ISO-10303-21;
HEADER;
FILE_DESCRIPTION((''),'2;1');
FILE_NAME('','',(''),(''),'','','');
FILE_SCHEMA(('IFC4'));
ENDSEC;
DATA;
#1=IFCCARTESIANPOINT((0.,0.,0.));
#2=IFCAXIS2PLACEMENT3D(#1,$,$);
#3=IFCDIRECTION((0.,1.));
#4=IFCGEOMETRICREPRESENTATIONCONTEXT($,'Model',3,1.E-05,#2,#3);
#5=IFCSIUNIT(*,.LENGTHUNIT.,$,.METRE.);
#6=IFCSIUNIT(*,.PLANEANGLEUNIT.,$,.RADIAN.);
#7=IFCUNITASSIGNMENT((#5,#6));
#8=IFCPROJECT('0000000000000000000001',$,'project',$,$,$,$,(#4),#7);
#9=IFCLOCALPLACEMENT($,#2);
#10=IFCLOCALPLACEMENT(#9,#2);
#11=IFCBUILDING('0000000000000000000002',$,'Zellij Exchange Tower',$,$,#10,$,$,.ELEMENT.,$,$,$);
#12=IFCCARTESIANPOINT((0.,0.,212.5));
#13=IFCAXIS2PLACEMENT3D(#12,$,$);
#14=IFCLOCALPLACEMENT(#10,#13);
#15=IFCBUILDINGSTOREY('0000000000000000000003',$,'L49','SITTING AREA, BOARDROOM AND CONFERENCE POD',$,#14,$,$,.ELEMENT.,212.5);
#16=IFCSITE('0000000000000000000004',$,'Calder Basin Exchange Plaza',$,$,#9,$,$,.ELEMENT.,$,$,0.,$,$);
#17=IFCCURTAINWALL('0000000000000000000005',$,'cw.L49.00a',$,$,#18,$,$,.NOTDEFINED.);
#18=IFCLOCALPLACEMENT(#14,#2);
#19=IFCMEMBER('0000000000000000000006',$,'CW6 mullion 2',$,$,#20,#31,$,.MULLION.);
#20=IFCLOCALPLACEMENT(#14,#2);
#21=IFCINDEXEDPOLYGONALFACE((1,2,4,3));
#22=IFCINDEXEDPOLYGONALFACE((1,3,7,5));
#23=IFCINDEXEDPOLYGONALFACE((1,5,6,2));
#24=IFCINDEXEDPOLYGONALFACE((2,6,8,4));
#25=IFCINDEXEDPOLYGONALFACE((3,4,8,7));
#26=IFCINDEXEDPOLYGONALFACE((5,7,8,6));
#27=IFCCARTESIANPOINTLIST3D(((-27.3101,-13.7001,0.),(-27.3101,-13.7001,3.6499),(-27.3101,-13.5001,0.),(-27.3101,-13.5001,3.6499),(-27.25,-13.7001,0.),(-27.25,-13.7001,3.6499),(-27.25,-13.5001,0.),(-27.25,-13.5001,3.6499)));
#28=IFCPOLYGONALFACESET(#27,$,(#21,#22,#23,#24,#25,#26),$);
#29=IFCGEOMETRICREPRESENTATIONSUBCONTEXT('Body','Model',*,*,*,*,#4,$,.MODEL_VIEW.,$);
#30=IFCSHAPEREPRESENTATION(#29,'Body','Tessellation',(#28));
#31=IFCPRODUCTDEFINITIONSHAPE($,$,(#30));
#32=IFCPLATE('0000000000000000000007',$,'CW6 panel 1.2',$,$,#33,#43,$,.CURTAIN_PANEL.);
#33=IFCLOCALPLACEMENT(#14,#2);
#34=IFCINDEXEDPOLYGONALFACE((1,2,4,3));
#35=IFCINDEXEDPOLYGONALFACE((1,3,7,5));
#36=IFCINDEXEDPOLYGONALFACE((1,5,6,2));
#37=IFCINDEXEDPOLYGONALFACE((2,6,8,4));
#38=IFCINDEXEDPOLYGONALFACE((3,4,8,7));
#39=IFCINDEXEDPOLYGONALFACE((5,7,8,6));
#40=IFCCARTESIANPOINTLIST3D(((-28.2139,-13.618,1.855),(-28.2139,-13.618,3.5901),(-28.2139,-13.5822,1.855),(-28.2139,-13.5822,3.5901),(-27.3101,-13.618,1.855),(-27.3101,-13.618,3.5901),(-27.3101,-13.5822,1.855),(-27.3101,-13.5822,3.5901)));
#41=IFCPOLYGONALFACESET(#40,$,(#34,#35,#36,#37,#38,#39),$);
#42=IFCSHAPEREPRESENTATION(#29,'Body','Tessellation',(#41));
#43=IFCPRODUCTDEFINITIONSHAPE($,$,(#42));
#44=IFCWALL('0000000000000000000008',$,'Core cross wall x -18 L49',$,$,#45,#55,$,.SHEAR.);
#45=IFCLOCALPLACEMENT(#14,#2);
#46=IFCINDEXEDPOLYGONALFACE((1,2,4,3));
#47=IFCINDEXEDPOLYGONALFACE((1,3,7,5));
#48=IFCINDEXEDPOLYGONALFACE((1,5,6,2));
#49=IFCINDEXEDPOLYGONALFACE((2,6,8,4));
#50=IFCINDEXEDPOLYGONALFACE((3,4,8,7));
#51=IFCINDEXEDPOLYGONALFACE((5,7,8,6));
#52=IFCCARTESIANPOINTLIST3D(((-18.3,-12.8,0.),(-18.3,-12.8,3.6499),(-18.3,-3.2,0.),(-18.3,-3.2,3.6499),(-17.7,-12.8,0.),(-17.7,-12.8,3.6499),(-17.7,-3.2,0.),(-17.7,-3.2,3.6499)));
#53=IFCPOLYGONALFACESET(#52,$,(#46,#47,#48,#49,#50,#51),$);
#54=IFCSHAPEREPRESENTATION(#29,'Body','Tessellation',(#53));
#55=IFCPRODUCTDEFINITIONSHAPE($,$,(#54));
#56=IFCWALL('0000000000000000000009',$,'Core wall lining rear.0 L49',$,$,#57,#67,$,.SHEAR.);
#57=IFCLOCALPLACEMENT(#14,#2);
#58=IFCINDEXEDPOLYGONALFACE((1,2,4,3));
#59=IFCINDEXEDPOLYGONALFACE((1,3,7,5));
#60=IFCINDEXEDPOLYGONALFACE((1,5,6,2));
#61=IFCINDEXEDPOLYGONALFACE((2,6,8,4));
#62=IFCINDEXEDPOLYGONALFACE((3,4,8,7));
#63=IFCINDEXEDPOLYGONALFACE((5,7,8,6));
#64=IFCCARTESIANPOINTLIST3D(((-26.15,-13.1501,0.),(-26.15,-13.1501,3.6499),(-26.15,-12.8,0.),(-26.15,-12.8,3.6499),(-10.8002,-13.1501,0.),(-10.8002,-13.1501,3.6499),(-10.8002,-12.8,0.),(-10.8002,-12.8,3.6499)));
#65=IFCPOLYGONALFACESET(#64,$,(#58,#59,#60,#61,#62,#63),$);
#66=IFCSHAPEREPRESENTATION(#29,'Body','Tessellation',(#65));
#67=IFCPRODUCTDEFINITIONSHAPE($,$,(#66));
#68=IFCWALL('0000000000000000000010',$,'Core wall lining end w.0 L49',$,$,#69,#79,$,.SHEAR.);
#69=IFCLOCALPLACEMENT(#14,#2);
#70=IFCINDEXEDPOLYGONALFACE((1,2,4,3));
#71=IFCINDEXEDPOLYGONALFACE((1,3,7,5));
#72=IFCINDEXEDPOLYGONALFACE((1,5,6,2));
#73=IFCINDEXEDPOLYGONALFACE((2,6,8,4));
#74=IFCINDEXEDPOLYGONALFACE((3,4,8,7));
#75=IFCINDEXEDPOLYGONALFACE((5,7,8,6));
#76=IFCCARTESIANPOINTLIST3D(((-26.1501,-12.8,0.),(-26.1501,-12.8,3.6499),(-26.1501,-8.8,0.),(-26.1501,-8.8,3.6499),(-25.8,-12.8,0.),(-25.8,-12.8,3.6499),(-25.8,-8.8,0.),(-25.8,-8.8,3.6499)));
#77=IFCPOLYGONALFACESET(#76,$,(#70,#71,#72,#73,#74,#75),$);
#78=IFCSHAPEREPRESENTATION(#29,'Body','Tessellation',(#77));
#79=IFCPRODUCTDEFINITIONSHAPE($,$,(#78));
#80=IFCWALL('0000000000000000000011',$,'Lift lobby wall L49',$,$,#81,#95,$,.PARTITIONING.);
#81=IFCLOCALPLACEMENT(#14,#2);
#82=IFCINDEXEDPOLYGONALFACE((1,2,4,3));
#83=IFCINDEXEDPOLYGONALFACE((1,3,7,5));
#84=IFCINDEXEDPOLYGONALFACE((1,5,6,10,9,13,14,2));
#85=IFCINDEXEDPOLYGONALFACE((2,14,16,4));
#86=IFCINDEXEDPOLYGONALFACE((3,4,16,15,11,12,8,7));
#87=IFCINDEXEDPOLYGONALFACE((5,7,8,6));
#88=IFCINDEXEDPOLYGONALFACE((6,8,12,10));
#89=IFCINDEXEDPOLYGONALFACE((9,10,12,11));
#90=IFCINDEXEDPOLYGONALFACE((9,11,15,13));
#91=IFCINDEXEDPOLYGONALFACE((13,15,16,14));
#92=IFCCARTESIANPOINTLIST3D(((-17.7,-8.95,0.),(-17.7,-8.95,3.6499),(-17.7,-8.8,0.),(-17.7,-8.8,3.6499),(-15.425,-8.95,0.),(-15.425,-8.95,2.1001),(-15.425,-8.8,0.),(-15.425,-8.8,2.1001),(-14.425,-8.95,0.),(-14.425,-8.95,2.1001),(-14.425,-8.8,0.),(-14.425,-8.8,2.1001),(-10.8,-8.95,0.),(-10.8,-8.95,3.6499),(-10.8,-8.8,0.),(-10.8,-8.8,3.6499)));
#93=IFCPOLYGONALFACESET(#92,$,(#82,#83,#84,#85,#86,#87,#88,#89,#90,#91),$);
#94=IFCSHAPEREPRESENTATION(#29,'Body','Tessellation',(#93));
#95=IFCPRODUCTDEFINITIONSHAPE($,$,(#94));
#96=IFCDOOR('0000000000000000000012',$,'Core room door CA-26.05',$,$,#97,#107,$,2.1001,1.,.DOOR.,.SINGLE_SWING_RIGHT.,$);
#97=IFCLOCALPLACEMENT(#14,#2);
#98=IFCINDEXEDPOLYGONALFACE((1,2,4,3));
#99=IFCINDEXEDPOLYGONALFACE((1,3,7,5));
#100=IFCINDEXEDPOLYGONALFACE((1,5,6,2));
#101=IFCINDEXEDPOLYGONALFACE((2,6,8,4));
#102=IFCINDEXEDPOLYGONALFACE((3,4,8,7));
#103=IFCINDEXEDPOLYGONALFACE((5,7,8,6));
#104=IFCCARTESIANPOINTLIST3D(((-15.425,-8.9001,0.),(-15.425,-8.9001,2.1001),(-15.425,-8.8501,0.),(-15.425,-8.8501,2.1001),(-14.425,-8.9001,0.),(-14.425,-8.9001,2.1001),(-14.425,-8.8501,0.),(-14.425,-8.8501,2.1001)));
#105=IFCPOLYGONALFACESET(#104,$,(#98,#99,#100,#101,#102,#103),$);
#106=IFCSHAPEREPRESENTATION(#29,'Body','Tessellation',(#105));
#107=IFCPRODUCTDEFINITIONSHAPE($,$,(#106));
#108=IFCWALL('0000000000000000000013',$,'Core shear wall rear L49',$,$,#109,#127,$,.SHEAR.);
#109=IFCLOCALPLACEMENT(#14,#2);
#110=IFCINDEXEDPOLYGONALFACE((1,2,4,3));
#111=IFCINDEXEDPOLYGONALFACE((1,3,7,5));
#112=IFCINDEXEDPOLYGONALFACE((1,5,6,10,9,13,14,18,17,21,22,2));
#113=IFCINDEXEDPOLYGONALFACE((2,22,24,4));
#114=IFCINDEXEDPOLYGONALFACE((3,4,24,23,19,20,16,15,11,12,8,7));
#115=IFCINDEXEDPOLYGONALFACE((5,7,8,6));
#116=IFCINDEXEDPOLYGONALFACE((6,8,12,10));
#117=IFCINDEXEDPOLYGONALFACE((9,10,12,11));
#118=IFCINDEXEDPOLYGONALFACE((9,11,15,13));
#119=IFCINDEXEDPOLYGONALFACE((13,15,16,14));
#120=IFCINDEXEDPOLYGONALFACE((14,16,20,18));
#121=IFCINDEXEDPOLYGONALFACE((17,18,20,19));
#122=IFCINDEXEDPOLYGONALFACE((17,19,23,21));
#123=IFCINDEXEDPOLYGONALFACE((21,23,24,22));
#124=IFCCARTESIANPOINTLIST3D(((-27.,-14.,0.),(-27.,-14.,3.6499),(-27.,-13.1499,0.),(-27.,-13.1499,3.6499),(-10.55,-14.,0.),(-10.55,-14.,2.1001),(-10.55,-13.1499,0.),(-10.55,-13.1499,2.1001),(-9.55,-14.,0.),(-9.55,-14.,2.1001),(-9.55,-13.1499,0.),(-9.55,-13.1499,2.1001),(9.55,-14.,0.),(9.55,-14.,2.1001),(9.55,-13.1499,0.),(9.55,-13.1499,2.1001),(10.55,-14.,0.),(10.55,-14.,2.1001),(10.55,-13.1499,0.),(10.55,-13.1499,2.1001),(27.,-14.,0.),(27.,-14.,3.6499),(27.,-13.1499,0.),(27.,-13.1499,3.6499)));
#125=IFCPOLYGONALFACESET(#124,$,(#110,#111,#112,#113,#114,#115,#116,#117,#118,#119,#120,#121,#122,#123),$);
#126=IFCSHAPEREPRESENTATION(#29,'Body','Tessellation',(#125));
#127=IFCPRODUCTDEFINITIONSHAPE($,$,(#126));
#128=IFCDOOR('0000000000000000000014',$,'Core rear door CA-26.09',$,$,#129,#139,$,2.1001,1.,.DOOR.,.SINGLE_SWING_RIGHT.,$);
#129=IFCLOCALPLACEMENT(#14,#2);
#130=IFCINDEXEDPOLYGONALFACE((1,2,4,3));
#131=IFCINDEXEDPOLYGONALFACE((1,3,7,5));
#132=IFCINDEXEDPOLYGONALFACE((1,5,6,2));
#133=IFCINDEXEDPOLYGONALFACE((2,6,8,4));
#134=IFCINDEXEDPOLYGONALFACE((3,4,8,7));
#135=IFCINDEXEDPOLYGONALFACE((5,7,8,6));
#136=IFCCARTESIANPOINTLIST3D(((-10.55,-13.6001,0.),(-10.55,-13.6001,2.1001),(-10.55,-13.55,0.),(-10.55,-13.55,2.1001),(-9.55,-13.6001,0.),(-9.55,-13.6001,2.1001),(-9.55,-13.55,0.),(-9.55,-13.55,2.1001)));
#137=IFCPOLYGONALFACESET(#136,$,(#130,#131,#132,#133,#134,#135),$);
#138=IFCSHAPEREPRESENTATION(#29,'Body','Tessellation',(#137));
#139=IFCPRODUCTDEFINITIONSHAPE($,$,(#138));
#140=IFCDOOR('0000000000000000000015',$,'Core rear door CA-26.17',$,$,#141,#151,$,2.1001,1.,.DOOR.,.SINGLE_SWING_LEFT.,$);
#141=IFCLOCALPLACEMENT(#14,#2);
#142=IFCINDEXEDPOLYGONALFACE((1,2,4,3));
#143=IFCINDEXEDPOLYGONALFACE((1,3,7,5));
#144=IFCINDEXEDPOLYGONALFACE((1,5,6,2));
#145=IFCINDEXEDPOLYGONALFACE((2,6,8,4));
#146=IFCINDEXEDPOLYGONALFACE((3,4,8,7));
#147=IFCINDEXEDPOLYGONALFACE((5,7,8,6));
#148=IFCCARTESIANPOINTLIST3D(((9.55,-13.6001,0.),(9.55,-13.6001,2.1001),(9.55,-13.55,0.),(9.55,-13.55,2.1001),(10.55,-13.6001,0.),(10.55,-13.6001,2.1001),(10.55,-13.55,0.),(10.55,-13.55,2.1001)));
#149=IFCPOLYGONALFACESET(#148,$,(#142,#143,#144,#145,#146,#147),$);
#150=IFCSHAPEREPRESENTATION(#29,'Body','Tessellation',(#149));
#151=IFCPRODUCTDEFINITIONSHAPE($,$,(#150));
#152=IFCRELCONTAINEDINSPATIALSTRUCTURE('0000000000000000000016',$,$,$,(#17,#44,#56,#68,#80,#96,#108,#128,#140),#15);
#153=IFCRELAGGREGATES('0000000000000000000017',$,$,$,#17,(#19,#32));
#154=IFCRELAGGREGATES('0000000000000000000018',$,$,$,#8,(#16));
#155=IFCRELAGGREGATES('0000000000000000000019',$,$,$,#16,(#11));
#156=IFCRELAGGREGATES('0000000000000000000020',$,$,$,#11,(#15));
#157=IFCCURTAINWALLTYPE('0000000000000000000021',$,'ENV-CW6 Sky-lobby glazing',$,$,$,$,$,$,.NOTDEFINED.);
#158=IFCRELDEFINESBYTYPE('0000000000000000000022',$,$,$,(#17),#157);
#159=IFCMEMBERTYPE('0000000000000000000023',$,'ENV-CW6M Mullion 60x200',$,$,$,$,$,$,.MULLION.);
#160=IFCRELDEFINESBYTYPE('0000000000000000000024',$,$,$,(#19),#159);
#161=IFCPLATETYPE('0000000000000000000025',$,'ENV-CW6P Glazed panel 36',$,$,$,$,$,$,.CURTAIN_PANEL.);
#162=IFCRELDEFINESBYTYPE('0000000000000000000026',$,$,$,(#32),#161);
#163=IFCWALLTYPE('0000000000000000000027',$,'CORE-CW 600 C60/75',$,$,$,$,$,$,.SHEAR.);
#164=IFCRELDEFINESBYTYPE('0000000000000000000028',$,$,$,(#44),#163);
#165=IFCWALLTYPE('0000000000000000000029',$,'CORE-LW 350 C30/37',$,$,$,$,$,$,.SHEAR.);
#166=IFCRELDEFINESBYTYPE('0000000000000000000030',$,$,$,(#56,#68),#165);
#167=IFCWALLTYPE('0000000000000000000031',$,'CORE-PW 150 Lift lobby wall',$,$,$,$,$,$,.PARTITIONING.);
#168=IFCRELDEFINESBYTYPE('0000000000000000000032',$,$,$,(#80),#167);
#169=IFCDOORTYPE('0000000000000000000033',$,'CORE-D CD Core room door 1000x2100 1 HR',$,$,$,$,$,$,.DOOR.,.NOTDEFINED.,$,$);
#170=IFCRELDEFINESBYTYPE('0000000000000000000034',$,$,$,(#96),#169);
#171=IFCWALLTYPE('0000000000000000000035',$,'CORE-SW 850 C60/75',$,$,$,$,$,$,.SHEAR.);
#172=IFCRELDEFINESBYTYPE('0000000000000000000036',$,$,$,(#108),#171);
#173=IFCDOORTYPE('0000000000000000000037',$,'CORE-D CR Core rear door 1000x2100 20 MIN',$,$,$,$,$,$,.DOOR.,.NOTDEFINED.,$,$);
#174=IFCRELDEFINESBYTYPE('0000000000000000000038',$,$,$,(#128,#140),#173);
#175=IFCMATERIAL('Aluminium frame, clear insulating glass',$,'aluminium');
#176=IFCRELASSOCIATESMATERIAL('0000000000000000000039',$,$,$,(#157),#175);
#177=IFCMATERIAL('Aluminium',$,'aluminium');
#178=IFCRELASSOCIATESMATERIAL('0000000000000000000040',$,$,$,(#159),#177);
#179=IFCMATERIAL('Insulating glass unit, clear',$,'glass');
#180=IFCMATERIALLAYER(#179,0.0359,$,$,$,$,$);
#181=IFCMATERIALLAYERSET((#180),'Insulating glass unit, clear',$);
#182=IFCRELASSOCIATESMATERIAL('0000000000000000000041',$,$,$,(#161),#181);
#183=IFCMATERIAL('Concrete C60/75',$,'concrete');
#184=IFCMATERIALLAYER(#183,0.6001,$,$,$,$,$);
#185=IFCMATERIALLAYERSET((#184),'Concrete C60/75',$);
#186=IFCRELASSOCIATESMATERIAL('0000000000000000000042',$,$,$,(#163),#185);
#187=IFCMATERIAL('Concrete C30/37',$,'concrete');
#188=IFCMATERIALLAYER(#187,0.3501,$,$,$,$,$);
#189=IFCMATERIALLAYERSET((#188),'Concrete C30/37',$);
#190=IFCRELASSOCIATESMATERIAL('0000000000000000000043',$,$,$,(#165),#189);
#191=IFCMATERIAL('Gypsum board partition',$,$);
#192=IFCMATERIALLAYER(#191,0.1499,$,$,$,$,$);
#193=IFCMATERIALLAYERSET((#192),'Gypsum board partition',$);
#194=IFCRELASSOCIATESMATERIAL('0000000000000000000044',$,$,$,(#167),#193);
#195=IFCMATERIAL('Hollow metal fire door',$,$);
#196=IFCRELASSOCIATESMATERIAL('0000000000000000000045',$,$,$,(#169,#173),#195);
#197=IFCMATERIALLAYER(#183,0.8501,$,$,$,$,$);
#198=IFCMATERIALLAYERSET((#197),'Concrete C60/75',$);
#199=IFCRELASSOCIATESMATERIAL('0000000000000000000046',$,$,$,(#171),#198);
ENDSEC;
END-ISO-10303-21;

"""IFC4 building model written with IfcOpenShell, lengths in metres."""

from ifc_helpers import new_model, si_unit, direction, frame, frame_2d, origin, origin_2d, place, context, subcontext, project, spatial, rectangle, extrude, material, layer, layer_set, material_profile, profile_set, type_object, element, fill, aggregate, save


model = new_model("IFC4")

# Units and contexts
model_context = context("Model", 3, precision=1e-05, world=origin(), true_north=direction((0.0, 1.0)))
body_context = subcontext(model_context, "Body", "Model", "MODEL_VIEW")
ifc_project = project(units=[si_unit("LENGTHUNIT", "METRE"), si_unit("PLANEANGLEUNIT", "RADIAN")], contexts=[model_context])

# Site, building, storey
site_placement = place(None, origin())
site = spatial("IfcSite", under=ifc_project, at=site_placement, Name="Calder Basin Exchange Plaza", CompositionType="ELEMENT", RefElevation=0.0)
building_placement = place(site_placement, origin())
building = spatial("IfcBuilding", under=site, at=building_placement, Name="Zellij Exchange Tower", CompositionType="ELEMENT")
storey_placement = place(building_placement, frame((0.0, 0.0, 212.5)))
storey = spatial("IfcBuildingStorey", under=building, at=storey_placement, Name="L49", Description="SITTING AREA, BOARDROOM AND CONFERENCE POD", CompositionType="ELEMENT", Elevation=212.5)

# Curtain wall, member, plate
ifc_material_1 = material(Name="Aluminium frame, clear insulating glass", Category="aluminium")
curtain_wall_type = type_object("IfcCurtainWallType", Name="ENV-CW6 Sky-lobby glazing", PredefinedType="NOTDEFINED", material=ifc_material_1)
curtain_wall_placement = place(storey_placement, origin())
curtain_wall = element("IfcCurtainWall", 1, at=curtain_wall_placement, inside=storey, type_object=curtain_wall_type, Name="cw.L49.00a", PredefinedType="NOTDEFINED")
ifc_material_2 = material(Name="Aluminium", Category="aluminium")
ifc_material_profile = material_profile(ifc_material_2, rectangle(XDim=0.0601, YDim=0.2, at=origin_2d()), Name="AL 60x200")
ifc_profile_set = profile_set([ifc_material_profile], Name="Aluminium")
member_type = type_object("IfcMemberType", Name="ENV-CW6M Mullion 60x200", PredefinedType="MULLION", material=ifc_profile_set)
member_placement = place(storey_placement, frame((-27.28, -13.6001, 0.0), z_axis=(0.0, 0.0, 1.0), x_axis=(1.0, 0.0, 0.0)))
member = element("IfcMember", 2, at=member_placement, type_object=member_type, Name="CW6 mullion 2", PredefinedType="MULLION", context=body_context, shape_type="SweptSolid", body=[
    extrude(rectangle(XDim=0.0601, YDim=0.2, at=origin_2d()), origin(), (0.0, 0.0, 1.0), 3.6499),
])
ifc_material_3 = material(Name="Insulating glass unit, clear", Category="glass")
ifc_layer_1 = layer(ifc_material_3, 0.0359)
ifc_layer_set_1 = layer_set([ifc_layer_1], Name="Insulating glass unit, clear")
plate_type = type_object("IfcPlateType", Name="ENV-CW6P Glazed panel 36", PredefinedType="CURTAIN_PANEL", material=ifc_layer_set_1)
plate_placement = place(storey_placement, frame((-27.762, -13.6001, 1.855), z_axis=(0.0, 0.0, 1.0), x_axis=(1.0, 0.0, 0.0)))
plate = element("IfcPlate", 3, at=plate_placement, type_object=plate_type, Name="CW6 panel 1.2", PredefinedType="CURTAIN_PANEL", context=body_context, shape_type="SweptSolid", body=[
    extrude(rectangle(XDim=0.9038, YDim=0.0359, at=origin_2d()), origin(), (0.0, 0.0, 1.0), 1.7351),
])
aggregate(curtain_wall, [member, plate])

# Walls
ifc_material_4 = material(Name="Concrete C60/75", Category="concrete")
ifc_layer_2 = layer(ifc_material_4, 0.6001)
ifc_layer_set_2 = layer_set([ifc_layer_2], Name="Concrete C60/75")
wall_type_1 = type_object("IfcWallType", Name="CORE-CW 600 C60/75", PredefinedType="SHEAR", material=ifc_layer_set_2)
wall_1_placement = place(storey_placement, frame((-18.0, -12.8, 0.0), z_axis=(0.0, 0.0, 1.0), x_axis=(0.0, 1.0, 0.0)))
element("IfcWall", 4, at=wall_1_placement, inside=storey, type_object=wall_type_1, Name="Core cross wall x -18 L49", PredefinedType="SHEAR", context=body_context, shape_type="SweptSolid", body=[
    extrude(rectangle(XDim=9.6001, YDim=0.6001, at=frame_2d((4.8, 0.0))), origin(), (0.0, 0.0, 1.0), 3.6499),
])
ifc_material_5 = material(Name="Concrete C30/37", Category="concrete")
ifc_layer_3 = layer(ifc_material_5, 0.3501)
ifc_layer_set_3 = layer_set([ifc_layer_3], Name="Concrete C30/37")
wall_type_2 = type_object("IfcWallType", Name="CORE-LW 350 C30/37", PredefinedType="SHEAR", material=ifc_layer_set_3)
wall_2_placement = place(storey_placement, frame((-26.1499, -12.9751, 0.0), z_axis=(0.0, 0.0, 1.0), x_axis=(1.0, 0.0, 0.0)))
element("IfcWall", 5, at=wall_2_placement, inside=storey, type_object=wall_type_2, Name="Core wall lining rear.0 L49", PredefinedType="SHEAR", context=body_context, shape_type="SweptSolid", body=[
    extrude(rectangle(XDim=15.3499, YDim=0.3501, at=frame_2d((7.6748, 0.0))), origin(), (0.0, 0.0, 1.0), 3.6499),
])
wall_3_placement = place(storey_placement, frame((-25.9751, -12.8, 0.0), z_axis=(0.0, 0.0, 1.0), x_axis=(0.0, 1.0, 0.0)))
element("IfcWall", 6, at=wall_3_placement, inside=storey, type_object=wall_type_2, Name="Core wall lining end w.0 L49", PredefinedType="SHEAR", context=body_context, shape_type="SweptSolid", body=[
    extrude(rectangle(XDim=4.0, YDim=0.3501, at=frame_2d((2.0, 0.0))), origin(), (0.0, 0.0, 1.0), 3.6499),
])

# Wall, opening, door
ifc_material_6 = material(Name="Gypsum board partition")
ifc_layer_4 = layer(ifc_material_6, 0.1499)
ifc_layer_set_4 = layer_set([ifc_layer_4], Name="Gypsum board partition")
wall_type_3 = type_object("IfcWallType", Name="CORE-PW 150 Lift lobby wall", PredefinedType="PARTITIONING", material=ifc_layer_set_4)
wall_4_placement = place(storey_placement, frame((-17.7, -8.875, 0.0), z_axis=(0.0, 0.0, 1.0), x_axis=(1.0, 0.0, 0.0)))
wall_4 = element("IfcWall", 7, at=wall_4_placement, inside=storey, type_object=wall_type_3, Name="Lift lobby wall L49", PredefinedType="PARTITIONING", context=body_context, shape_type="SweptSolid", body=[
    extrude(rectangle(XDim=6.8999, YDim=0.1499, at=frame_2d((3.45, 0.0))), origin(), (0.0, 0.0, 1.0), 3.6499),
])
opening_1_placement = place(wall_4_placement, frame((2.2749, 0.0, 0.0)))
opening_1 = element("IfcOpeningElement", 8, at=opening_1_placement, cuts=wall_4, PredefinedType="OPENING", context=body_context, shape_type="SweptSolid", body=[
    extrude(rectangle(XDim=1.0, YDim=2.1001, at=frame_2d((0.5, 1.05))), frame((0.0, 0.0869, 0.0), z_axis=(0.0, -1.0, 0.0), x_axis=(1.0, 0.0, 0.0)), (0.0, 0.0, 1.0), 0.1738),
])
ifc_material_7 = material(Name="Hollow metal fire door")
door_type_1 = type_object("IfcDoorType", Name="CORE-D CD Core room door 1000x2100 1 HR", OperationType="NOTDEFINED", PredefinedType="DOOR", material=ifc_material_7)
door_1_placement = place(opening_1_placement, origin())
door_1 = element("IfcDoor", 9, at=door_1_placement, inside=storey, type_object=door_type_1, Name="Core room door CA-26.05", OperationType="SINGLE_SWING_RIGHT", OverallHeight=2.1001, OverallWidth=1.0, PredefinedType="DOOR", context=body_context, shape_type="SweptSolid", body=[
    extrude(rectangle(XDim=1.0, YDim=2.1001, at=frame_2d((0.5, 1.05))), frame((0.0, 0.0249, 0.0), z_axis=(0.0, -1.0, 0.0), x_axis=(1.0, 0.0, 0.0)), (0.0, 0.0, 1.0), 0.05),
])
fill(opening_1, door_1)

# Wall, openings, doors
ifc_layer_5 = layer(ifc_material_4, 0.8501)
ifc_layer_set_5 = layer_set([ifc_layer_5], Name="Concrete C60/75")
wall_type_4 = type_object("IfcWallType", Name="CORE-SW 850 C60/75", PredefinedType="SHEAR", material=ifc_layer_set_5)
wall_5_placement = place(storey_placement, frame((-27.0, -13.575, 0.0), z_axis=(0.0, 0.0, 1.0), x_axis=(1.0, 0.0, 0.0)))
wall_5 = element("IfcWall", 10, at=wall_5_placement, inside=storey, type_object=wall_type_4, Name="Core shear wall rear L49", PredefinedType="SHEAR", context=body_context, shape_type="SweptSolid", body=[
    extrude(rectangle(XDim=54.0, YDim=0.8501, at=frame_2d((27.0, 0.0))), origin(), (0.0, 0.0, 1.0), 3.6499),
])
opening_2_placement = place(wall_5_placement, frame((16.45, 0.0, 0.0)))
opening_2 = element("IfcOpeningElement", 11, at=opening_2_placement, cuts=wall_5, PredefinedType="OPENING", context=body_context, shape_type="SweptSolid", body=[
    extrude(rectangle(XDim=1.0, YDim=2.1001, at=frame_2d((0.5, 1.05))), frame((0.0, 0.437, 0.0), z_axis=(0.0, -1.0, 0.0), x_axis=(1.0, 0.0, 0.0)), (0.0, 0.0, 1.0), 0.874),
])
opening_3_placement = place(wall_5_placement, frame((36.55, 0.0, 0.0)))
opening_3 = element("IfcOpeningElement", 12, at=opening_3_placement, cuts=wall_5, PredefinedType="OPENING", context=body_context, shape_type="SweptSolid", body=[
    extrude(rectangle(XDim=1.0, YDim=2.1001, at=frame_2d((0.5, 1.05))), frame((0.0, 0.437, 0.0), z_axis=(0.0, -1.0, 0.0), x_axis=(1.0, 0.0, 0.0)), (0.0, 0.0, 1.0), 0.874),
])
door_type_2 = type_object("IfcDoorType", Name="CORE-D CR Core rear door 1000x2100 20 MIN", OperationType="NOTDEFINED", PredefinedType="DOOR", material=ifc_material_7)
door_2_placement = place(opening_2_placement, origin())
door_2 = element("IfcDoor", 13, at=door_2_placement, inside=storey, type_object=door_type_2, Name="Core rear door CA-26.09", OperationType="SINGLE_SWING_RIGHT", OverallHeight=2.1001, OverallWidth=1.0, PredefinedType="DOOR", context=body_context, shape_type="SweptSolid", body=[
    extrude(rectangle(XDim=1.0, YDim=2.1001, at=frame_2d((0.5, 1.05))), frame((0.0, 0.0249, 0.0), z_axis=(0.0, -1.0, 0.0), x_axis=(1.0, 0.0, 0.0)), (0.0, 0.0, 1.0), 0.05),
])
fill(opening_2, door_2)
door_3_placement = place(opening_3_placement, origin())
door_3 = element("IfcDoor", 14, at=door_3_placement, inside=storey, type_object=door_type_2, Name="Core rear door CA-26.17", OperationType="SINGLE_SWING_LEFT", OverallHeight=2.1001, OverallWidth=1.0, PredefinedType="DOOR", context=body_context, shape_type="SweptSolid", body=[
    extrude(rectangle(XDim=1.0, YDim=2.1001, at=frame_2d((0.5, 1.05))), frame((0.0, 0.0249, 0.0), z_axis=(0.0, -1.0, 0.0), x_axis=(1.0, 0.0, 0.0)), (0.0, 0.0, 1.0), 0.05),
])
fill(opening_3, door_3)

save(model, "model.ifc")
